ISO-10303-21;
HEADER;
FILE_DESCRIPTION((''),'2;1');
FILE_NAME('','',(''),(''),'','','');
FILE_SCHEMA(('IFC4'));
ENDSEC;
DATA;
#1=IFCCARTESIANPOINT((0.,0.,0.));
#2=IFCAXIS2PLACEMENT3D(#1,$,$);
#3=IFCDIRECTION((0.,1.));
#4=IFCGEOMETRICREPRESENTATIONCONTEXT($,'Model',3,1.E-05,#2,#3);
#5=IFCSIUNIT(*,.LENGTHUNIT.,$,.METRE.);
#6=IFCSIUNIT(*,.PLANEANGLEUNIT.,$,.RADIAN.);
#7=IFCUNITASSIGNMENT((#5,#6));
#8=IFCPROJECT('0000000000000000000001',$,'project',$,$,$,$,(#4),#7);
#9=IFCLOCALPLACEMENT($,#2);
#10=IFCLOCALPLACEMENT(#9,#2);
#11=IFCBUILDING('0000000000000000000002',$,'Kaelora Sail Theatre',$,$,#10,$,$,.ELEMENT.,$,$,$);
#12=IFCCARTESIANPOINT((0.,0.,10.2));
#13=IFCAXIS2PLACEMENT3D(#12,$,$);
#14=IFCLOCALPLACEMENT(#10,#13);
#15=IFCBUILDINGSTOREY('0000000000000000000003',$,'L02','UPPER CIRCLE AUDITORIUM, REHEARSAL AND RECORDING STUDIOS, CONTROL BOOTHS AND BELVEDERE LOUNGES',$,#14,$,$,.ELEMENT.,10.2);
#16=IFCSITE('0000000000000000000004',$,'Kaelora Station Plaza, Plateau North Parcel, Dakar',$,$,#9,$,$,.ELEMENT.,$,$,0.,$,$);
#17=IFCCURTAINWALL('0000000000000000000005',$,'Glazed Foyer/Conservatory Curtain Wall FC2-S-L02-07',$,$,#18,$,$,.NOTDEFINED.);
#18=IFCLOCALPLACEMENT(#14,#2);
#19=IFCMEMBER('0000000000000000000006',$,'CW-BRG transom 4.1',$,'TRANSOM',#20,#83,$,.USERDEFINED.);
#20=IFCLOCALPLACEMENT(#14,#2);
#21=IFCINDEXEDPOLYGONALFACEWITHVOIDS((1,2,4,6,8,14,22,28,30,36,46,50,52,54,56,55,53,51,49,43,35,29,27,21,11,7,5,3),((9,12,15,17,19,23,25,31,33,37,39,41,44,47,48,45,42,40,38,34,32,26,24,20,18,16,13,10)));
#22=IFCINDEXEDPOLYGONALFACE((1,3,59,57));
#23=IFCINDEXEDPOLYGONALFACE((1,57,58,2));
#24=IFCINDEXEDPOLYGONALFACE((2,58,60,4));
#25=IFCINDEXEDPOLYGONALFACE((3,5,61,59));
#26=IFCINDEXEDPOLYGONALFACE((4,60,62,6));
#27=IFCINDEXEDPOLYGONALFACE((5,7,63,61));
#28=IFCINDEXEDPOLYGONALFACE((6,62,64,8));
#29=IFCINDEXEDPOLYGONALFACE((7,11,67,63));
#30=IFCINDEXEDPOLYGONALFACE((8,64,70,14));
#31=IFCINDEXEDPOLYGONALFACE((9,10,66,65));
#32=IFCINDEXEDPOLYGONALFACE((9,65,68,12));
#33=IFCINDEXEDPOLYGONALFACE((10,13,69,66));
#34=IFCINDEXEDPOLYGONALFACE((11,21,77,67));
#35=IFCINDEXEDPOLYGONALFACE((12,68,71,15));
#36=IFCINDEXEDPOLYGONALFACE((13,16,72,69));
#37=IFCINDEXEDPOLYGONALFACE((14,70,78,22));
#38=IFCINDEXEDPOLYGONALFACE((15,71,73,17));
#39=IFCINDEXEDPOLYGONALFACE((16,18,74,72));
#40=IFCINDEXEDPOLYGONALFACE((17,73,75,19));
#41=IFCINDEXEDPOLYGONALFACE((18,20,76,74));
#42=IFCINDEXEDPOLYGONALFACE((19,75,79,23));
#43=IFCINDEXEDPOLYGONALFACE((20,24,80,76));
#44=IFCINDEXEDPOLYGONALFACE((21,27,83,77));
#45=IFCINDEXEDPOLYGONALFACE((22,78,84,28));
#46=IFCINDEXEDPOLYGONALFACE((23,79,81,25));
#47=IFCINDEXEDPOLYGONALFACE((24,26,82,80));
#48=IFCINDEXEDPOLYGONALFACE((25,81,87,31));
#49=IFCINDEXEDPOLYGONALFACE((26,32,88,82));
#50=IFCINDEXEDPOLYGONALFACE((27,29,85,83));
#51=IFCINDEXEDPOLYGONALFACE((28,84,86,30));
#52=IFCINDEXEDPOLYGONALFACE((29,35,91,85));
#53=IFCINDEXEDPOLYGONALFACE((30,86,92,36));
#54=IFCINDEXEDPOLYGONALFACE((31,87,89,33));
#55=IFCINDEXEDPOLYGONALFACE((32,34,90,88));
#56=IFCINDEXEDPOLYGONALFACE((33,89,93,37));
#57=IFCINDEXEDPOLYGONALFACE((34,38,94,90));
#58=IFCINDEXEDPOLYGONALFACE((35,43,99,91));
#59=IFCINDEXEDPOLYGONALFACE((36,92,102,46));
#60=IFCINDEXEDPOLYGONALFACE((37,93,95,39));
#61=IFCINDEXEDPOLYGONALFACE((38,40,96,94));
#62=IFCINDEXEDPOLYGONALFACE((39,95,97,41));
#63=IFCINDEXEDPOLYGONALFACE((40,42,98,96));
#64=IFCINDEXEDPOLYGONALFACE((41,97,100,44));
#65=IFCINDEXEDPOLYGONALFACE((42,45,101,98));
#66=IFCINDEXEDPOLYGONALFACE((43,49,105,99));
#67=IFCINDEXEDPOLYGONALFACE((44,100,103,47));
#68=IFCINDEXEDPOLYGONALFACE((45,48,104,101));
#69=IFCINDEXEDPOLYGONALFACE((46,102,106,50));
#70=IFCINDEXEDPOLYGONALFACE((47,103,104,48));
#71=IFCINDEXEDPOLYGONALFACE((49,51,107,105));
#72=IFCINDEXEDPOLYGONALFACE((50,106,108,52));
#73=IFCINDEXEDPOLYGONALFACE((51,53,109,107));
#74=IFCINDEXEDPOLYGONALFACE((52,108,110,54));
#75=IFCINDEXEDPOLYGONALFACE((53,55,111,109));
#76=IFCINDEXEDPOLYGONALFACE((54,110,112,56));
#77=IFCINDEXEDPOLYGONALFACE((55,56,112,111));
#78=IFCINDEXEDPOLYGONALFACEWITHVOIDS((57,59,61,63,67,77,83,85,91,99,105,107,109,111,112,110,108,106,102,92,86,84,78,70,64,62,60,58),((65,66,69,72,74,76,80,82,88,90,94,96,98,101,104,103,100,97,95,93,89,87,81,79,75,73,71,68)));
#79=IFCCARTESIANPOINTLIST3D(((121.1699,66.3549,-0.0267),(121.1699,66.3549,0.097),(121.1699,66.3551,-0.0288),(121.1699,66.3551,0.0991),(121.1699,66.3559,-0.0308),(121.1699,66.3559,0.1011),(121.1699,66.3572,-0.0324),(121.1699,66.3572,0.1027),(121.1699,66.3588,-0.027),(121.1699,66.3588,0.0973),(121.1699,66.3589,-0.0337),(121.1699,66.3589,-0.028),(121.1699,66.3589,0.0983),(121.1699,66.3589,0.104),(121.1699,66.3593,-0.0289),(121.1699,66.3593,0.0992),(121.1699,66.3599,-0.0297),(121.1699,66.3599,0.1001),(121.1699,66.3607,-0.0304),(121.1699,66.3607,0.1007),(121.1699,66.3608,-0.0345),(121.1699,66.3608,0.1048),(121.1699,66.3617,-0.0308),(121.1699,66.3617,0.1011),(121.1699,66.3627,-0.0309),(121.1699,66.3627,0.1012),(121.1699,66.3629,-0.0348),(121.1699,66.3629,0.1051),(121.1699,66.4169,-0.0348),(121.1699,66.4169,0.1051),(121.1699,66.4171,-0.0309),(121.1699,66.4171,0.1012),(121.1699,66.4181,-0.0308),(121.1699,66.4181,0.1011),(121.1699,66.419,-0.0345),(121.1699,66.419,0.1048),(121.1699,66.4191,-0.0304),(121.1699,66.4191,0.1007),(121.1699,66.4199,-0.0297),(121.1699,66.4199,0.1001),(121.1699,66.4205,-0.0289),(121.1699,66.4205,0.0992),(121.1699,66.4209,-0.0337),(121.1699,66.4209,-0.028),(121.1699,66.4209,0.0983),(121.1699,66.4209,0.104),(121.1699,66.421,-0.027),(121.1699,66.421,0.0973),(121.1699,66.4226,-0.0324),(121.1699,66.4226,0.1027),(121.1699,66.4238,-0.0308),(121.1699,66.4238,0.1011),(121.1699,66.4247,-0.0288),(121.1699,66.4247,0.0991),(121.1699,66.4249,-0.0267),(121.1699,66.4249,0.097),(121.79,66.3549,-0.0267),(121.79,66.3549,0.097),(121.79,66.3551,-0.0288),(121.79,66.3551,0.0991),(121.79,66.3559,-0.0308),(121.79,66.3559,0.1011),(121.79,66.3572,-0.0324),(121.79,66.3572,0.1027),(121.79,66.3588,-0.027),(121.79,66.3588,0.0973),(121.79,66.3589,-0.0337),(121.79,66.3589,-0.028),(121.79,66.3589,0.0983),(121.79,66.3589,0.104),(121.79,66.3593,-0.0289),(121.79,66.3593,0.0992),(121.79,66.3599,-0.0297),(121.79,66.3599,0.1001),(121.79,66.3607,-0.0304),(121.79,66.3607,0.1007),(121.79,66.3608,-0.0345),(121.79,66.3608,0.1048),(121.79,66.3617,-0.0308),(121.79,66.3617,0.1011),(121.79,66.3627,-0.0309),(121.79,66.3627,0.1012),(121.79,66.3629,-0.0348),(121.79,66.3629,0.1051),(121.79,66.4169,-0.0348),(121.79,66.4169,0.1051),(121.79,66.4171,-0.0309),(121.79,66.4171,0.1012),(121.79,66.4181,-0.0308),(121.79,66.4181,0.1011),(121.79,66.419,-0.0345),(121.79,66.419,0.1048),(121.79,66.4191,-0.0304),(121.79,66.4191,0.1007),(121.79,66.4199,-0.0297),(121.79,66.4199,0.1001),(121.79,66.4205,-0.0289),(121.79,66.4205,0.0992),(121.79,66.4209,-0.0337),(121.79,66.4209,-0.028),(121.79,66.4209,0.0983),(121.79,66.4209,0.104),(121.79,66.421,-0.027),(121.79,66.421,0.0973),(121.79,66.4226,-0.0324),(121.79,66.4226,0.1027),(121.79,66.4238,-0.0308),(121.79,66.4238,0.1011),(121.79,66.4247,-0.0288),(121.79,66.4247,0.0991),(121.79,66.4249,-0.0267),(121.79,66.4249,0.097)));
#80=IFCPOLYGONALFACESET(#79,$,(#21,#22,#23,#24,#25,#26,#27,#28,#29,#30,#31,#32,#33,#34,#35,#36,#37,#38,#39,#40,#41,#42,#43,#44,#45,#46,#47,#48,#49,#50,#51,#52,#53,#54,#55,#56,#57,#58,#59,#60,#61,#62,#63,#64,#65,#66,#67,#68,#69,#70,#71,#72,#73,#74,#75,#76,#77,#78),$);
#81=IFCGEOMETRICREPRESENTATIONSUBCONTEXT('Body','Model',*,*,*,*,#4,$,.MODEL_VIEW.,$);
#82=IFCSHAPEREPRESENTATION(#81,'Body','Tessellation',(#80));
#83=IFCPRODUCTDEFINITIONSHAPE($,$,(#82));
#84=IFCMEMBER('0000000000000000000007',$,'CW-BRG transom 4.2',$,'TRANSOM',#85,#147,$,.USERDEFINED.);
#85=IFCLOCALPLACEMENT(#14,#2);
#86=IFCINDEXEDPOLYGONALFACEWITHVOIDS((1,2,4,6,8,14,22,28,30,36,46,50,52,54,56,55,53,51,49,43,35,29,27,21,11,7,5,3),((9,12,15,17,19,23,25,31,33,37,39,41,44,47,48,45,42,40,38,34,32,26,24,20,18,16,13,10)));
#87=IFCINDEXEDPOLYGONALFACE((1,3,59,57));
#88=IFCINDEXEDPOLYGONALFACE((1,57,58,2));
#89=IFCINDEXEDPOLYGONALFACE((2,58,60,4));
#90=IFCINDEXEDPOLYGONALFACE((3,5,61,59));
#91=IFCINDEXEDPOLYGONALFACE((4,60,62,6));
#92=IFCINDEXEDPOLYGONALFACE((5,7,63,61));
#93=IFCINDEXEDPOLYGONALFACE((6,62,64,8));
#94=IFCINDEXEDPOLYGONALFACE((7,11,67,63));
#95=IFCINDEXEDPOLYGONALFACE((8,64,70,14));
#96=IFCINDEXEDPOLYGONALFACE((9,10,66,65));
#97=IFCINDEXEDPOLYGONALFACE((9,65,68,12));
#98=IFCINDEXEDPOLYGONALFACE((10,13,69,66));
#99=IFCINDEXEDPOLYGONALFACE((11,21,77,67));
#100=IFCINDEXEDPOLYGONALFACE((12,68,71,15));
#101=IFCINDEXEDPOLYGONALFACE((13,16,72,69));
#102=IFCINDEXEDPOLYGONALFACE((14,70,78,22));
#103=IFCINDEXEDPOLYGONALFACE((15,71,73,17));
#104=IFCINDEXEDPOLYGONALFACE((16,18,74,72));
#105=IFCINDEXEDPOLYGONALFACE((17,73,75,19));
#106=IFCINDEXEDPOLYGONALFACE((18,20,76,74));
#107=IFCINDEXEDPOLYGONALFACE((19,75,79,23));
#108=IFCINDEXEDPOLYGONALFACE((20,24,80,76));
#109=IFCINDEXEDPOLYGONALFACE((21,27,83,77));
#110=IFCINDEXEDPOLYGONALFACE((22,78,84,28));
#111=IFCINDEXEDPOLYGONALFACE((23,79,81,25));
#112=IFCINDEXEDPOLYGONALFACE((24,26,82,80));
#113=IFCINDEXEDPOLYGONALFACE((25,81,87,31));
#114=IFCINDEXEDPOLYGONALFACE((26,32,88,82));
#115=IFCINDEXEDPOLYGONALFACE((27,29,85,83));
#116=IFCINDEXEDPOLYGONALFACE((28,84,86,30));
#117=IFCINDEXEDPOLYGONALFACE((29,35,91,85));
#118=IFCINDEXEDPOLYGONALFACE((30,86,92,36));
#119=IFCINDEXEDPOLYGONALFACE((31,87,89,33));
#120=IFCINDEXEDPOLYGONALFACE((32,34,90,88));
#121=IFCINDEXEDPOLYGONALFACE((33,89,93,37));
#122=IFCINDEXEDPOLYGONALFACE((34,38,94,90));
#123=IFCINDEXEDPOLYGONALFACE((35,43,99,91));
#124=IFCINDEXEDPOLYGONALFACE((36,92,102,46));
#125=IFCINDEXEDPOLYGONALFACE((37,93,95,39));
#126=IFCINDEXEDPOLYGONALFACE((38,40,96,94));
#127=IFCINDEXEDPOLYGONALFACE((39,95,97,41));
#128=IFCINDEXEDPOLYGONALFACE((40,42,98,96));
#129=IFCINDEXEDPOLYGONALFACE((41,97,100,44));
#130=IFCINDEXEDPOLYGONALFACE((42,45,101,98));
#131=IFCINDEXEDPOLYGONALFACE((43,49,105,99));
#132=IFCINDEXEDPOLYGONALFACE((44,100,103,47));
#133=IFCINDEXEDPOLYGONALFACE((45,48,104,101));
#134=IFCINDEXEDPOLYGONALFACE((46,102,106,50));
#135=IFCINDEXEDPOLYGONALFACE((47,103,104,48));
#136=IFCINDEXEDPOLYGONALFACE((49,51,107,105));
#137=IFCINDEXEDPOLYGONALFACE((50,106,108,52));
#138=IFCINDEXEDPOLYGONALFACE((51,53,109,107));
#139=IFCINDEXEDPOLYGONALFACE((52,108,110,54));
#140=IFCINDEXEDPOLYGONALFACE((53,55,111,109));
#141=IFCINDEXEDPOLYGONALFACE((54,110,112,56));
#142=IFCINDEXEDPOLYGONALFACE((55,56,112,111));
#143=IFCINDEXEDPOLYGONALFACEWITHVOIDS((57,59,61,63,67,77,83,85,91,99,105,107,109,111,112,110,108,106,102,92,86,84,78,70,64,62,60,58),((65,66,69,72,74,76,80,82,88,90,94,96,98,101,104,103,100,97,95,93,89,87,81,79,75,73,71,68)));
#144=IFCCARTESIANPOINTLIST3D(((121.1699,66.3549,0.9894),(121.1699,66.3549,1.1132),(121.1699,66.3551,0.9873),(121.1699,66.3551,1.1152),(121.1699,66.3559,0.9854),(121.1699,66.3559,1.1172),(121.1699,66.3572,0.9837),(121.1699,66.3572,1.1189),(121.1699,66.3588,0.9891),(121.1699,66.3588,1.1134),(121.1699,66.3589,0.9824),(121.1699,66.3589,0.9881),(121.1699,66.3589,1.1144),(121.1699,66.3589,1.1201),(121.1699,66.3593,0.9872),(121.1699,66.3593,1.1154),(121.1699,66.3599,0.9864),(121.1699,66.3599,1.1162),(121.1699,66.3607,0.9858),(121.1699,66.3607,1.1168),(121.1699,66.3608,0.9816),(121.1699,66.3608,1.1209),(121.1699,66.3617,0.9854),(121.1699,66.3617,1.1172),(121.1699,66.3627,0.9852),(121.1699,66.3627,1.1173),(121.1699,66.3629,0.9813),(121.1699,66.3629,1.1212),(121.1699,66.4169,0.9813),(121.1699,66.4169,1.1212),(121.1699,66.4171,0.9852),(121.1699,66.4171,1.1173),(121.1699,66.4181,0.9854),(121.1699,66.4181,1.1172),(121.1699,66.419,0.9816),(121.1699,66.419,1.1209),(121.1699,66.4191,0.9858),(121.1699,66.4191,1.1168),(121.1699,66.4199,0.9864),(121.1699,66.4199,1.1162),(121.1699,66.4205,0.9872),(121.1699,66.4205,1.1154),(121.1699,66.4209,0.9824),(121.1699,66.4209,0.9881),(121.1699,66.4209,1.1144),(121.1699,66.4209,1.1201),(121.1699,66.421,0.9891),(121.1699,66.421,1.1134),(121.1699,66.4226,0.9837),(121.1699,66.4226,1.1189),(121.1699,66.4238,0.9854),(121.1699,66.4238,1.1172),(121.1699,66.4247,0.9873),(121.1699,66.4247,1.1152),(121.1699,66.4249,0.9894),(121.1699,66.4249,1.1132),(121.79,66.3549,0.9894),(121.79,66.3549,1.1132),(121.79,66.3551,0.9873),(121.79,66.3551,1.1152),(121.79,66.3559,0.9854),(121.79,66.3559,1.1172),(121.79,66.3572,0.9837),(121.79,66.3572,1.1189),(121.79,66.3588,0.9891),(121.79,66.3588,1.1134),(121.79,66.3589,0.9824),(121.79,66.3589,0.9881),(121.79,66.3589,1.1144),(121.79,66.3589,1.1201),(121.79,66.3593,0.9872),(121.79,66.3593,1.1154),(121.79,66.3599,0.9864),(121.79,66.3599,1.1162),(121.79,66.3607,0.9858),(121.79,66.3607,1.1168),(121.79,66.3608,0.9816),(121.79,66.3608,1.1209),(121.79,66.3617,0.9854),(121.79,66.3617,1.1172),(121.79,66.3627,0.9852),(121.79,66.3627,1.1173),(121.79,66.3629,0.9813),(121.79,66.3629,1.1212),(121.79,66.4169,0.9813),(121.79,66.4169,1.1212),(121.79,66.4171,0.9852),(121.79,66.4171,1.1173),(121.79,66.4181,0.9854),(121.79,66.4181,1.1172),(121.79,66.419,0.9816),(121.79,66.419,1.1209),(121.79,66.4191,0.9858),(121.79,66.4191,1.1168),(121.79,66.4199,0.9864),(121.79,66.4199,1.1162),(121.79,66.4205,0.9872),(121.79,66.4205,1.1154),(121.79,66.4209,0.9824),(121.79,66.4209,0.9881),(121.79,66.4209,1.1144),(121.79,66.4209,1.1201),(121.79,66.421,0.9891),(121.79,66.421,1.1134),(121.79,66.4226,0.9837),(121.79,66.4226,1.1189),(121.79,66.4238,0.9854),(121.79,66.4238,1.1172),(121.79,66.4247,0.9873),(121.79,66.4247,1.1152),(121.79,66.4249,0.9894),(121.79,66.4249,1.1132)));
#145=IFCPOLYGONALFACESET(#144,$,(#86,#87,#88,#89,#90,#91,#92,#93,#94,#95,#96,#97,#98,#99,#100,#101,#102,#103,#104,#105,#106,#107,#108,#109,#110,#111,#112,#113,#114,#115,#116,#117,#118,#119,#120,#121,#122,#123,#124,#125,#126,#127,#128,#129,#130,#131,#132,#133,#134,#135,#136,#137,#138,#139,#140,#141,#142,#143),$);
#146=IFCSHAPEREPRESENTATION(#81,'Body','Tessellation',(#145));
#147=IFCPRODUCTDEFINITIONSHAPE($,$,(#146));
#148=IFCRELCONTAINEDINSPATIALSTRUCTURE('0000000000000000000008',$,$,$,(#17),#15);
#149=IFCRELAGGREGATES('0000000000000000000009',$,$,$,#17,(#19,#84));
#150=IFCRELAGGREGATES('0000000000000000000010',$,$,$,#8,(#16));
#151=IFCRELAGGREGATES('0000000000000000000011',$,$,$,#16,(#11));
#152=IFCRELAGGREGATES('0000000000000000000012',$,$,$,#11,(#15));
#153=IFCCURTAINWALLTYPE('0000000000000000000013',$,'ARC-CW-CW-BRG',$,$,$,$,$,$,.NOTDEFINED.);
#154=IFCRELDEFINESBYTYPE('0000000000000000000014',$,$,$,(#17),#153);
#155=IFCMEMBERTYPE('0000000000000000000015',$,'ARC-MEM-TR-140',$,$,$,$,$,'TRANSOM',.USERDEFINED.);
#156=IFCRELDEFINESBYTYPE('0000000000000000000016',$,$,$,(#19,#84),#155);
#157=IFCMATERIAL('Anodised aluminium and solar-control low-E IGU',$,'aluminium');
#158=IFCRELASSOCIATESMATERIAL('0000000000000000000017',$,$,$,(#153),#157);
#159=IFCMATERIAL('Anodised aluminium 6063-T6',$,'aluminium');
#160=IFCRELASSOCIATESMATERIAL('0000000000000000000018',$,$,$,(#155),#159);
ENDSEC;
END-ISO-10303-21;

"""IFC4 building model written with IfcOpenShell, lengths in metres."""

from ifc_helpers import new_model, si_unit, direction, frame, origin, origin_2d, place, context, subcontext, project, spatial, hollow_rectangle, extrude, material, material_profile, profile_set, type_object, element, aggregate, save


model = new_model("IFC4")

# Units and contexts
model_context = context("Model", 3, precision=1e-05, world=origin(), true_north=direction((0.0, 1.0)))
body_context = subcontext(model_context, "Body", "Model", "MODEL_VIEW")
ifc_project = project(units=[si_unit("LENGTHUNIT", "METRE"), si_unit("PLANEANGLEUNIT", "RADIAN")], contexts=[model_context])

# Site, building, storey
site_placement = place(None, origin())
site = spatial("IfcSite", under=ifc_project, at=site_placement, Name="Kaelora Station Plaza, Plateau North Parcel, Dakar", CompositionType="ELEMENT", RefElevation=0.0)
building_placement = place(site_placement, origin())
building = spatial("IfcBuilding", under=site, at=building_placement, Name="Kaelora Sail Theatre", CompositionType="ELEMENT")
storey_placement = place(building_placement, frame((0.0, 0.0, 10.2)))
storey = spatial("IfcBuildingStorey", under=building, at=storey_placement, Name="L02", Description="UPPER CIRCLE AUDITORIUM, REHEARSAL AND RECORDING STUDIOS, CONTROL BOOTHS AND BELVEDERE LOUNGES", CompositionType="ELEMENT", Elevation=10.2)

# Curtain wall
ifc_material_1 = material(Name="Anodised aluminium and solar-control low-E IGU", Category="aluminium")
curtain_wall_type = type_object("IfcCurtainWallType", Name="ARC-CW-CW-BRG", PredefinedType="NOTDEFINED", material=ifc_material_1)
curtain_wall_1_placement = place(storey_placement, origin())
curtain_wall_1 = element("IfcCurtainWall", 1, at=curtain_wall_1_placement, inside=storey, type_object=curtain_wall_type, Name="Glazed Foyer/Conservatory Curtain Wall FC2-S-L02-07", PredefinedType="NOTDEFINED")

# Members
ifc_material_2 = material(Name="Anodised aluminium 6063-T6", Category="aluminium")
ifc_material_profile_1 = material_profile(ifc_material_2, hollow_rectangle(XDim=0.0701, YDim=0.1399, WallThickness=0.0039, InnerFilletRadius=0.0039, OuterFilletRadius=0.0081, at=origin_2d()), Name="ALU-TRAN 70x140x4")
ifc_profile_set_1 = profile_set([ifc_material_profile_1], Name="Anodised aluminium 6063-T6")
member_type_1 = type_object("IfcMemberType", Name="ARC-MEM-TR-140", ElementType="TRANSOM", PredefinedType="USERDEFINED", material=ifc_profile_set_1)
member_1_placement = place(storey_placement, frame((121.1699, 66.3899, 0.0352), z_axis=(1.0, 0.0, 0.0), x_axis=(0.0, 1.0, 0.0)))
member_1 = element("IfcMember", 2, at=member_1_placement, type_object=member_type_1, Name="CW-BRG transom 4.1", ObjectType="TRANSOM", PredefinedType="USERDEFINED", context=body_context, shape_type="SweptSolid", body=[
    extrude(hollow_rectangle(XDim=0.0701, YDim=0.1399, WallThickness=0.0039, InnerFilletRadius=0.0039, OuterFilletRadius=0.0081, at=origin_2d()), origin(), (0.0, 0.0, 1.0), 0.6201),
])
member_2_placement = place(storey_placement, frame((121.1699, 66.3899, 1.0513), z_axis=(1.0, 0.0, 0.0), x_axis=(0.0, 1.0, 0.0)))
member_2 = element("IfcMember", 3, at=member_2_placement, type_object=member_type_1, Name="CW-BRG transom 4.2", ObjectType="TRANSOM", PredefinedType="USERDEFINED", context=body_context, shape_type="SweptSolid", body=[
    extrude(hollow_rectangle(XDim=0.0701, YDim=0.1399, WallThickness=0.0039, InnerFilletRadius=0.0039, OuterFilletRadius=0.0081, at=origin_2d()), origin(), (0.0, 0.0, 1.0), 0.6201),
])

aggregate(curtain_wall_1, [member_1, member_2])

save(model, "model.ifc")
